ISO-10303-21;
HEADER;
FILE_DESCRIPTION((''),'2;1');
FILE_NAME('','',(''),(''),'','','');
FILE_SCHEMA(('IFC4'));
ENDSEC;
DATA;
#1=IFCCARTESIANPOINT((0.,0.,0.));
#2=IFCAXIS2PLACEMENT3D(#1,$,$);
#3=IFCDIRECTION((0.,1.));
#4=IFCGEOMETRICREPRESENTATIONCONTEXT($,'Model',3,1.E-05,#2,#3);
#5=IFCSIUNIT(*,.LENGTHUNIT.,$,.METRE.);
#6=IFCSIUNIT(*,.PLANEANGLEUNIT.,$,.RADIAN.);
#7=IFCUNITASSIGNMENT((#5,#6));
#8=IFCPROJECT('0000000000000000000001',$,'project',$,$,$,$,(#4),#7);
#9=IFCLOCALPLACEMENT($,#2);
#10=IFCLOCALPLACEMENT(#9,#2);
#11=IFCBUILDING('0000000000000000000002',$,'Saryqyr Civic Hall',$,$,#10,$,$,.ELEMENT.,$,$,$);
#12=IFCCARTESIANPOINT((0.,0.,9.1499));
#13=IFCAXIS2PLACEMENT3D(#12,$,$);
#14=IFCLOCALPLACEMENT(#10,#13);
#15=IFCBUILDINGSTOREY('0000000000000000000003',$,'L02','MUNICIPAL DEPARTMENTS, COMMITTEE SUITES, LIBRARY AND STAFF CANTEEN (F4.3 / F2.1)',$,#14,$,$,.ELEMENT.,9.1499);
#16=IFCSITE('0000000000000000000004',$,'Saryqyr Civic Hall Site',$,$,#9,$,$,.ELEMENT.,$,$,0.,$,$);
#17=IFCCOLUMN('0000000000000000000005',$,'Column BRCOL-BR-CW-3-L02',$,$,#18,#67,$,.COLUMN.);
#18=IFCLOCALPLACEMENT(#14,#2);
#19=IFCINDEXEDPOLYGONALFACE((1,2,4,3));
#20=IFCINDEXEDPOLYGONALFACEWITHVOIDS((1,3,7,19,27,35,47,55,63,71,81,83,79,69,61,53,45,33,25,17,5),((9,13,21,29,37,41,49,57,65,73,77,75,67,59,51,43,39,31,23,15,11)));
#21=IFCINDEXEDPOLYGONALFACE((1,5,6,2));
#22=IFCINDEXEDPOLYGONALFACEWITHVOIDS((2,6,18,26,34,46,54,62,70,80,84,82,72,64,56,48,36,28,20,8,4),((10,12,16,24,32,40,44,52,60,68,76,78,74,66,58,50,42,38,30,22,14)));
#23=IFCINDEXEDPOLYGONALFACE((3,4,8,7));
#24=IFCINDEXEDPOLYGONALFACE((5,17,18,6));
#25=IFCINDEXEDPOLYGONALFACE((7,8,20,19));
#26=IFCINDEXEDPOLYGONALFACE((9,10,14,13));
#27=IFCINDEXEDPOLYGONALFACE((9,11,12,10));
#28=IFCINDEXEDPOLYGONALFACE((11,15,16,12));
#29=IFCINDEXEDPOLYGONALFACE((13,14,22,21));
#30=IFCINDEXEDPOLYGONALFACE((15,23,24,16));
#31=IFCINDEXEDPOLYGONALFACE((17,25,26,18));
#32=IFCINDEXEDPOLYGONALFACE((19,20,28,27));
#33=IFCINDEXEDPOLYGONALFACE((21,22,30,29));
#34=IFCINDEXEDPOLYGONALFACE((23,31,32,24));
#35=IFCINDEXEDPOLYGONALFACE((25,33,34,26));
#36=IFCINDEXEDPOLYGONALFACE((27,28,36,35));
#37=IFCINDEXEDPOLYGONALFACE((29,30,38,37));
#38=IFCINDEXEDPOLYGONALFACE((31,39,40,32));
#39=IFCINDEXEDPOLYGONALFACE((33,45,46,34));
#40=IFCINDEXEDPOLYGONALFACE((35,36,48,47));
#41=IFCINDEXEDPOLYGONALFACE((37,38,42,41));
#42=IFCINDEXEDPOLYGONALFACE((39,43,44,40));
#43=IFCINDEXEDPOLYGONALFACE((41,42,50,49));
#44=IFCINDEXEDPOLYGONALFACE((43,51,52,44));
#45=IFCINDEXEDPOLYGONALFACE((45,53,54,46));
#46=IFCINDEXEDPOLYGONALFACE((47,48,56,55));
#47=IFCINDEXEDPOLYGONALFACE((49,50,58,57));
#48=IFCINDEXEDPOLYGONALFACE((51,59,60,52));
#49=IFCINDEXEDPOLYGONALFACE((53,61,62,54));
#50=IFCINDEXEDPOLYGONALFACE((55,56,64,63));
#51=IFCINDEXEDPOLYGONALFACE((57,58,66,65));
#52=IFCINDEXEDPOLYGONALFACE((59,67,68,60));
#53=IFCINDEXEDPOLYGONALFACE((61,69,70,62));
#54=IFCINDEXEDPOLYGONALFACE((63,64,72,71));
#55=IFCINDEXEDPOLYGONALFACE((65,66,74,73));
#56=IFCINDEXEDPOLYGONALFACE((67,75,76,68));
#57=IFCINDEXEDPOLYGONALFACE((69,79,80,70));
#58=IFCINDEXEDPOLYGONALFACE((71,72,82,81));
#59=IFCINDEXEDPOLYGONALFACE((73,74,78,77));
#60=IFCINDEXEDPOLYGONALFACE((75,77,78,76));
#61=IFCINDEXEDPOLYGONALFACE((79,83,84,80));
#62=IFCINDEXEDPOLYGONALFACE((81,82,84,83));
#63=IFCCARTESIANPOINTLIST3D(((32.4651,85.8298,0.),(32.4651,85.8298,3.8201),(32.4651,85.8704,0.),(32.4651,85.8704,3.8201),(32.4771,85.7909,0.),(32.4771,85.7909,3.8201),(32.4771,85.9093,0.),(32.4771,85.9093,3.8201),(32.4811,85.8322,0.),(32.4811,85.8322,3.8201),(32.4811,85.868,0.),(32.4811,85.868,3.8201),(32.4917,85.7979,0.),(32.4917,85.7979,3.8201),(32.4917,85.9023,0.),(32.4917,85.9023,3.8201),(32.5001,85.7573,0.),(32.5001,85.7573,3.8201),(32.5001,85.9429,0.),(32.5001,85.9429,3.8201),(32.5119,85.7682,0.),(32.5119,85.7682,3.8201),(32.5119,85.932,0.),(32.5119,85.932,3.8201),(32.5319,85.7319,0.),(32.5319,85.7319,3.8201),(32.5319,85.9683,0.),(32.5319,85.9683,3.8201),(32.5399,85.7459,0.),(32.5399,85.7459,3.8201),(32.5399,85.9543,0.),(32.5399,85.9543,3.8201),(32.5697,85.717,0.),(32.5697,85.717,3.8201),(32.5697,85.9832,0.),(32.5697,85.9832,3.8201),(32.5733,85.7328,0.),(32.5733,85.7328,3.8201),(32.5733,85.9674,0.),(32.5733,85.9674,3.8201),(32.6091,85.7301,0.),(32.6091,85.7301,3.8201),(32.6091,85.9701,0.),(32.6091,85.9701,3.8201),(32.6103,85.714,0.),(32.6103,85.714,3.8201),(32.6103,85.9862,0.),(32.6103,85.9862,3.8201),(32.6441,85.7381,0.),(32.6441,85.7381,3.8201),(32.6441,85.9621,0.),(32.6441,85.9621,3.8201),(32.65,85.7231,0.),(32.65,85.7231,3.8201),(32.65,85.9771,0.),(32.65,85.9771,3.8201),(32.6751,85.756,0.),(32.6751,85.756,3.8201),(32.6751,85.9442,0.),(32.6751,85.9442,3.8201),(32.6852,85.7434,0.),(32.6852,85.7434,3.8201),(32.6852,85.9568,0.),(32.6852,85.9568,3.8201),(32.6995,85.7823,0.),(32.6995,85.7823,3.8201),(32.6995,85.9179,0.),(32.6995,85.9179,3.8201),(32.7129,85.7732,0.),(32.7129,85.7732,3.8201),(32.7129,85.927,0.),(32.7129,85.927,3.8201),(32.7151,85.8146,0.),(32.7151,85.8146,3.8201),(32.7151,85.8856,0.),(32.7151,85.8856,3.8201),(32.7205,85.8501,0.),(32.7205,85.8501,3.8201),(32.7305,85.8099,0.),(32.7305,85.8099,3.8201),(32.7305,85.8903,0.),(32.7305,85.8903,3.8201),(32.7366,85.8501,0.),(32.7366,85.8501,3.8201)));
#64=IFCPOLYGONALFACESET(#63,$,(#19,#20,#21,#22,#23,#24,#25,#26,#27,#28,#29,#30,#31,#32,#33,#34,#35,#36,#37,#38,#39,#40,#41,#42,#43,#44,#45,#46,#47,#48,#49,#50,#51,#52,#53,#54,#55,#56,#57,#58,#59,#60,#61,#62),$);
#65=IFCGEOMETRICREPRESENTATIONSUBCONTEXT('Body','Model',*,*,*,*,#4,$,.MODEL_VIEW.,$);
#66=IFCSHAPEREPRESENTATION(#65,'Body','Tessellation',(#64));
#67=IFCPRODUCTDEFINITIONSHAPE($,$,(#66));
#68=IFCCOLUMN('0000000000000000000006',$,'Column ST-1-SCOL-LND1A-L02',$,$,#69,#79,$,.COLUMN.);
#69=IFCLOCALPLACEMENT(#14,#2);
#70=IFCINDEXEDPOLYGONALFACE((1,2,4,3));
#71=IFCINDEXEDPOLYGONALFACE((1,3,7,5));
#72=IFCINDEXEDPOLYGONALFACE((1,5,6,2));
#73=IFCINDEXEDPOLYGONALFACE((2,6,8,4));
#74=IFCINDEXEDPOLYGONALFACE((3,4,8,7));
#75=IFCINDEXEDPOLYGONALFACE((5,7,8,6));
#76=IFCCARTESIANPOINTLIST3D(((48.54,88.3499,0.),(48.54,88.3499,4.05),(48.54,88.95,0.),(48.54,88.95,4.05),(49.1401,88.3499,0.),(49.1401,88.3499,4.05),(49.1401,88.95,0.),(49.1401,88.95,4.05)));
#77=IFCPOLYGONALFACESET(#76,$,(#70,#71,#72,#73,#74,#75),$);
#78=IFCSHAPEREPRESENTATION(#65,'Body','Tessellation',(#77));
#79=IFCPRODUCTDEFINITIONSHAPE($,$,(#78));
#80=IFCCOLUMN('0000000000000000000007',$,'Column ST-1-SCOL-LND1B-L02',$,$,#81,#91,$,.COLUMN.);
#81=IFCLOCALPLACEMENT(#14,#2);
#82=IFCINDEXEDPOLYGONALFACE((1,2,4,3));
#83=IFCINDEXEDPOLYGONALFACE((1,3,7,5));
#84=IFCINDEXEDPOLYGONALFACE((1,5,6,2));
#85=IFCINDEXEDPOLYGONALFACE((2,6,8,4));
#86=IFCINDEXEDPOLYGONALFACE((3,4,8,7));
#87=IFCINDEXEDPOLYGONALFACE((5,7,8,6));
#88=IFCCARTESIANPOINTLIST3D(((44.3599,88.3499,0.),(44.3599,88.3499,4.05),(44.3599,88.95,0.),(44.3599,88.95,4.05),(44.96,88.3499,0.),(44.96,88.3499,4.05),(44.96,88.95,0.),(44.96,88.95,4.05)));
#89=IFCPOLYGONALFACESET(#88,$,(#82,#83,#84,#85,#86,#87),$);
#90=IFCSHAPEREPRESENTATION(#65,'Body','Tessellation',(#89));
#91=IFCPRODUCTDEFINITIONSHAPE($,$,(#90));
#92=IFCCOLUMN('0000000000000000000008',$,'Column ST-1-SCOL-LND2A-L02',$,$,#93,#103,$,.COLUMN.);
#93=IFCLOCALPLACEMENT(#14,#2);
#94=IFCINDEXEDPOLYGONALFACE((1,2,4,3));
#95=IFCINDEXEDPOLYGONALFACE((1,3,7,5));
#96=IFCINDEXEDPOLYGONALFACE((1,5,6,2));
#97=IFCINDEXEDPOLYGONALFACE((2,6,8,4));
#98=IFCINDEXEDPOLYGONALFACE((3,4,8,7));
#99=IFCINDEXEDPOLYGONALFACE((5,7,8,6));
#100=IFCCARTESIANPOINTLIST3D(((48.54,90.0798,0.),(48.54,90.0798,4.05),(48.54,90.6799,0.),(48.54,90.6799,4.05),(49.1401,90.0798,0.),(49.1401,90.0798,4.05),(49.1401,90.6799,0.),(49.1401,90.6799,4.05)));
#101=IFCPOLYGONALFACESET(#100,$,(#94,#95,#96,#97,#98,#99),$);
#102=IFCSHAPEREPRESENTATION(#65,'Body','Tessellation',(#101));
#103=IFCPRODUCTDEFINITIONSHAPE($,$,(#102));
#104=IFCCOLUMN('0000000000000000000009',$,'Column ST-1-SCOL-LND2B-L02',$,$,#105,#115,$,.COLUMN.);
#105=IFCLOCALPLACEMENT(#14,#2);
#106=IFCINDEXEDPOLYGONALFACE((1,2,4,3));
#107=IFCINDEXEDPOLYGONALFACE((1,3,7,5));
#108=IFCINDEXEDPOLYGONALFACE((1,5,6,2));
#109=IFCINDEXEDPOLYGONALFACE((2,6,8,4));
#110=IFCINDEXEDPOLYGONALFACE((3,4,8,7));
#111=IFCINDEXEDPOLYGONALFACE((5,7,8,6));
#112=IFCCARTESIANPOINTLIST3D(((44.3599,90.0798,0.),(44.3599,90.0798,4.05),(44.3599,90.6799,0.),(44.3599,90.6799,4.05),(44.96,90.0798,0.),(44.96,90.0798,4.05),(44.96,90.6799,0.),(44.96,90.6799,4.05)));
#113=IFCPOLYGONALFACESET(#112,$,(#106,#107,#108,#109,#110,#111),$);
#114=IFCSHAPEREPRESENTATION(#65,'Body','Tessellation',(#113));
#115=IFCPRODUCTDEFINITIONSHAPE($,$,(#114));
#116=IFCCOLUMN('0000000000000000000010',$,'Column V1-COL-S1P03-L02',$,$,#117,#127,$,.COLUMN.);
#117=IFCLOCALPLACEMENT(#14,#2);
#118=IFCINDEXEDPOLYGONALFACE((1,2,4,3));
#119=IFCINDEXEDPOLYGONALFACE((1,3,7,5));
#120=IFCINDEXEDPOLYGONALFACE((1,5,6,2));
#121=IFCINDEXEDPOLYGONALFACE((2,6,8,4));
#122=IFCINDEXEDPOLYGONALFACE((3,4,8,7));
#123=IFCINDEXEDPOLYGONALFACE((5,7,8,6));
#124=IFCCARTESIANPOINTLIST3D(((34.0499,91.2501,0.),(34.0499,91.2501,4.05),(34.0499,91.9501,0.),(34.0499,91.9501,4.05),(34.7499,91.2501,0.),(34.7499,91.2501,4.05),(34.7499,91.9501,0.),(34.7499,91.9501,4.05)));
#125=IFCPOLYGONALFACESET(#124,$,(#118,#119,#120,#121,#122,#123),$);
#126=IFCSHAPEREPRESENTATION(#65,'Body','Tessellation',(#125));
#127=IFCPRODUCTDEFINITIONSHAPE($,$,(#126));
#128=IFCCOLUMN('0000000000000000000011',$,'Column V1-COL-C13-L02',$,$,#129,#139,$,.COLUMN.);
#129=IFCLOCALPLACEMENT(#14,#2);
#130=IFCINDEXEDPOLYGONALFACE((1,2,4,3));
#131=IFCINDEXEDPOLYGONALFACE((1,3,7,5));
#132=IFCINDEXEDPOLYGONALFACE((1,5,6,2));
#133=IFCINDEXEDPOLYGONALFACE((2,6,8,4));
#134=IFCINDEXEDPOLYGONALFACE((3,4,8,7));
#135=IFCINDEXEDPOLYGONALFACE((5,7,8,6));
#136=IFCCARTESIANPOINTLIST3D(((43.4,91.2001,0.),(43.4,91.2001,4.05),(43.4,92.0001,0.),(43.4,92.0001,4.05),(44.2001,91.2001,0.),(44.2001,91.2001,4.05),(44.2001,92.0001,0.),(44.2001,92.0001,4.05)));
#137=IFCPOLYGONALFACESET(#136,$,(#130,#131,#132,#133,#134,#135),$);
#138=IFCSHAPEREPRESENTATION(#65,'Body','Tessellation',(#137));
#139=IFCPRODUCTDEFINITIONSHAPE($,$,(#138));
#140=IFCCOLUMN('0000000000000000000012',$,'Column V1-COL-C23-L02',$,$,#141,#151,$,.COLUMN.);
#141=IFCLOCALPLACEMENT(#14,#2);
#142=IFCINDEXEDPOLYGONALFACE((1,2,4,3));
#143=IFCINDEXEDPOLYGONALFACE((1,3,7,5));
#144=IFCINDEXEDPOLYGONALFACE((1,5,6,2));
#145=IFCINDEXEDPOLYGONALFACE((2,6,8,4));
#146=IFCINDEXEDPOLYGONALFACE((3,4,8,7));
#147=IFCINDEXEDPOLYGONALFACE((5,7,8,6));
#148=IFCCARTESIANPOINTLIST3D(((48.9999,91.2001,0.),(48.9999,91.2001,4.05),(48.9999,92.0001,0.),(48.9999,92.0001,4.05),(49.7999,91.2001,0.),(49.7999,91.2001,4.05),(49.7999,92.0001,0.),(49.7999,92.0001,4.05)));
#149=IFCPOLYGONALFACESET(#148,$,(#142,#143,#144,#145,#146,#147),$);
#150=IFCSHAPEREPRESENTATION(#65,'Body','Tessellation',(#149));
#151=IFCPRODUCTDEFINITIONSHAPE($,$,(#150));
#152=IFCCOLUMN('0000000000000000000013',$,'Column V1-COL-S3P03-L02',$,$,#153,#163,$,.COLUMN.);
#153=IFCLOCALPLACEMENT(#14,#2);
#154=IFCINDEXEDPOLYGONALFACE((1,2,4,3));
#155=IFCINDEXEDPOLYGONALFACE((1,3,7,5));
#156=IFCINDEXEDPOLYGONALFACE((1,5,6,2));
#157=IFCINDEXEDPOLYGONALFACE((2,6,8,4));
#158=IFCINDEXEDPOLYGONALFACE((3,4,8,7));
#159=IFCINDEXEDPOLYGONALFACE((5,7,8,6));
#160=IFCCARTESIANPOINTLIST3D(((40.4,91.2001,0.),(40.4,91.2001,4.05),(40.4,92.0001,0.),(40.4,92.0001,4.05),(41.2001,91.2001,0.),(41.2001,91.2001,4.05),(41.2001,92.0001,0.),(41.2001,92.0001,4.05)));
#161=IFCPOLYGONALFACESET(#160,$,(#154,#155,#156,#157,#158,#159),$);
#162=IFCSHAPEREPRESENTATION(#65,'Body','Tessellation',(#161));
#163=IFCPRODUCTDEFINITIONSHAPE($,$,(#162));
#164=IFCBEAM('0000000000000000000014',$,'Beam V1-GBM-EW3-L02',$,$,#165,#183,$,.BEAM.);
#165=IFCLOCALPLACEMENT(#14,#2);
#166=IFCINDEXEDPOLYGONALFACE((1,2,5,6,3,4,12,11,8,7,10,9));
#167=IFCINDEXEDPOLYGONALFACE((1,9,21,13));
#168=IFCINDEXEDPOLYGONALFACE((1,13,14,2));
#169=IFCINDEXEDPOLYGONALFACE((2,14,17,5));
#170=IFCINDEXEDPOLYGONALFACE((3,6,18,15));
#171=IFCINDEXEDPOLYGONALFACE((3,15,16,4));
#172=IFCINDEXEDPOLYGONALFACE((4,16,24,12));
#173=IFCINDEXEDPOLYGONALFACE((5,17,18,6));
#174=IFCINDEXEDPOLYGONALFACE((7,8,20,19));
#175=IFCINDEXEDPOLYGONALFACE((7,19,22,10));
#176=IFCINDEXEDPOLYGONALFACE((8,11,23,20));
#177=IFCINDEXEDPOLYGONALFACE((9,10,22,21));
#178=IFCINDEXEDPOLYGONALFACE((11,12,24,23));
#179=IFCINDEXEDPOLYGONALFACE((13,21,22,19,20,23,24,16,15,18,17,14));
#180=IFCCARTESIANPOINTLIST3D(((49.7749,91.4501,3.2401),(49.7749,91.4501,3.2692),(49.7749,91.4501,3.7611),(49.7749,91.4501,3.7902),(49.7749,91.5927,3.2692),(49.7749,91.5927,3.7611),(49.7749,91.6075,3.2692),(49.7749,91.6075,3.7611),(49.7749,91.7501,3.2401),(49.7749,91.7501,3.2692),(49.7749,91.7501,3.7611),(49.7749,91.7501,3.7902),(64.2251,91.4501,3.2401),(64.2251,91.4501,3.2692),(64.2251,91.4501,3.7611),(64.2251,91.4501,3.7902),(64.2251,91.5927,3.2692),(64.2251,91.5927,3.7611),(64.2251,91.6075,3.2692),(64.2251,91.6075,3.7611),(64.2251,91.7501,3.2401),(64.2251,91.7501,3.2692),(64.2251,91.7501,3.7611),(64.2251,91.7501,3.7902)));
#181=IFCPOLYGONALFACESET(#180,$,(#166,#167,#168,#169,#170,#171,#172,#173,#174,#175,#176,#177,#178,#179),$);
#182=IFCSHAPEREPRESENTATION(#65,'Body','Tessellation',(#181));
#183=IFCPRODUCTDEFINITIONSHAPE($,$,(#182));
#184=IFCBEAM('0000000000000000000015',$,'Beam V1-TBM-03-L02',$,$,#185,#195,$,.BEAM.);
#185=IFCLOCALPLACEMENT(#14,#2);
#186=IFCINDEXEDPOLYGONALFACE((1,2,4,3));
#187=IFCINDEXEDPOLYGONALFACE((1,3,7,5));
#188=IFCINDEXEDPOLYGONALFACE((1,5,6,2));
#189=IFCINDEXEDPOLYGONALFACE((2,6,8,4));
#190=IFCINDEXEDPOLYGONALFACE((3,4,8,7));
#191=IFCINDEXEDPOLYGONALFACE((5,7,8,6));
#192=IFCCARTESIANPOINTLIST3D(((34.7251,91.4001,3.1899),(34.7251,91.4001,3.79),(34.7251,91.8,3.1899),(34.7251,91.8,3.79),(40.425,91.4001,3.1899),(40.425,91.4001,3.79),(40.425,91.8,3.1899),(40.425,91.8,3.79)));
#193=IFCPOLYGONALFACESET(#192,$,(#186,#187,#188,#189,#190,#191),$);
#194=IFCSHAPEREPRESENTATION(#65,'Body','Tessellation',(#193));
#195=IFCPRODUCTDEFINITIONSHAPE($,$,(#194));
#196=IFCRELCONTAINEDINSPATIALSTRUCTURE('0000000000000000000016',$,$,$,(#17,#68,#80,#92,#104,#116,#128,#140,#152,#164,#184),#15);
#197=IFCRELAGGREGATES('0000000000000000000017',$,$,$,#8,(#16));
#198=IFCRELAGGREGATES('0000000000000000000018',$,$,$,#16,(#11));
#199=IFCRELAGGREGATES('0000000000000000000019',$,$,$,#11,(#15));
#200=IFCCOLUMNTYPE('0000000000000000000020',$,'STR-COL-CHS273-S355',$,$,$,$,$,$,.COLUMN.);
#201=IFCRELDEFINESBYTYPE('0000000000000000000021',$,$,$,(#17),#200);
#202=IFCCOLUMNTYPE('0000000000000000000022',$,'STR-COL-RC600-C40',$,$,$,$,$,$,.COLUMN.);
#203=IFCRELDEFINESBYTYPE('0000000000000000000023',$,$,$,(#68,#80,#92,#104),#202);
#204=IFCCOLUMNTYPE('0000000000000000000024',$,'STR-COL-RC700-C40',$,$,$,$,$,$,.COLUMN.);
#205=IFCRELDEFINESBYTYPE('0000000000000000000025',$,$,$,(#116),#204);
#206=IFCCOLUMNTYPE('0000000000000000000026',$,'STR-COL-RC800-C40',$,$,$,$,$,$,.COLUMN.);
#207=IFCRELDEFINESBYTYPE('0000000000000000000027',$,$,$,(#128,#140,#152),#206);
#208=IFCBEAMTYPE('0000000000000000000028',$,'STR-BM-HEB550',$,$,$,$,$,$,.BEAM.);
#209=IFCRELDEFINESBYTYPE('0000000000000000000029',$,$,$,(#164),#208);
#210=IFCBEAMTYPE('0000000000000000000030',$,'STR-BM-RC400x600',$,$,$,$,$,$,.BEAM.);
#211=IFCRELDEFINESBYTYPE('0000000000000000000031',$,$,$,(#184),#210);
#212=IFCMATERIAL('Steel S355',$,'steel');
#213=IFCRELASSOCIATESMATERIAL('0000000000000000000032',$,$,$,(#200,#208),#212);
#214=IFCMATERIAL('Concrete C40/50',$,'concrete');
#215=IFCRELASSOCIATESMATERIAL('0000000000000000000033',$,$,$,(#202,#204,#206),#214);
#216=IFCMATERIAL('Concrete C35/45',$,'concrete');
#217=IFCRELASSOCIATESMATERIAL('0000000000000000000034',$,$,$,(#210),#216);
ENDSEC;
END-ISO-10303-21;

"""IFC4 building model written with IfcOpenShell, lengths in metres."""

from ifc_helpers import new_model, si_unit, direction, frame, origin, origin_2d, place, context, subcontext, project, spatial, rectangle, hollow_circle, i_section, extrude, material, material_profile, profile_set, type_object, element, save


model = new_model("IFC4")

# Units and contexts
model_context = context("Model", 3, precision=1e-05, world=origin(), true_north=direction((0.0, 1.0)))
body_context = subcontext(model_context, "Body", "Model", "MODEL_VIEW")
ifc_project = project(units=[si_unit("LENGTHUNIT", "METRE"), si_unit("PLANEANGLEUNIT", "RADIAN")], contexts=[model_context])

# Site, building, storey
site_placement = place(None, origin())
site = spatial("IfcSite", under=ifc_project, at=site_placement, Name="Saryqyr Civic Hall Site", CompositionType="ELEMENT", RefElevation=0.0)
building_placement = place(site_placement, origin())
building = spatial("IfcBuilding", under=site, at=building_placement, Name="Saryqyr Civic Hall", CompositionType="ELEMENT")
storey_placement = place(building_placement, frame((0.0, 0.0, 9.1499)))
storey = spatial("IfcBuildingStorey", under=building, at=storey_placement, Name="L02", Description="MUNICIPAL DEPARTMENTS, COMMITTEE SUITES, LIBRARY AND STAFF CANTEEN (F4.3 / F2.1)", CompositionType="ELEMENT", Elevation=9.1499)

# Columns
ifc_material_1 = material(Name="Steel S355", Category="steel")
ifc_material_profile_1 = material_profile(ifc_material_1, hollow_circle(Radius=0.1365, WallThickness=0.0161, at=origin_2d()), Name="CHS 273x16")
ifc_profile_set_1 = profile_set([ifc_material_profile_1], Name="Steel S355")
column_type_1 = type_object("IfcColumnType", Name="STR-COL-CHS273-S355", PredefinedType="COLUMN", material=ifc_profile_set_1)
column_1_placement = place(storey_placement, frame((32.6001, 85.8501, 0.0), z_axis=(0.0, 0.0, 1.0), x_axis=(1.0, 0.0, 0.0)))
element("IfcColumn", 1, at=column_1_placement, inside=storey, type_object=column_type_1, Name="Column BRCOL-BR-CW-3-L02", PredefinedType="COLUMN", context=body_context, shape_type="SweptSolid", body=[
    extrude(hollow_circle(Radius=0.1365, WallThickness=0.0161, at=origin_2d()), origin(), (0.0, 0.0, 1.0), 3.8201),
])
ifc_material_2 = material(Name="Concrete C40/50", Category="concrete")
ifc_material_profile_2 = material_profile(ifc_material_2, rectangle(XDim=0.6001, YDim=0.6001, at=origin_2d()), Name="RC 600x600")
ifc_profile_set_2 = profile_set([ifc_material_profile_2], Name="Concrete C40/50")
column_type_2 = type_object("IfcColumnType", Name="STR-COL-RC600-C40", PredefinedType="COLUMN", material=ifc_profile_set_2)
for number, where, z_axis, x_axis, name in (
    (2, (48.8401, 88.6499, 0.0), (0.0, 0.0, 1.0), (1.0, 0.0, 0.0), "Column ST-1-SCOL-LND1A-L02"),
    (3, (44.6599, 88.6499, 0.0), (0.0, 0.0, 1.0), (1.0, 0.0, 0.0), "Column ST-1-SCOL-LND1B-L02"),
    (4, (48.8401, 90.3799, 0.0), (0.0, 0.0, 1.0), (1.0, 0.0, 0.0), "Column ST-1-SCOL-LND2A-L02"),
    (5, (44.6599, 90.3799, 0.0), (0.0, 0.0, 1.0), (1.0, 0.0, 0.0), "Column ST-1-SCOL-LND2B-L02"),
):
    element("IfcColumn", number, at=place(storey_placement, frame(where, z_axis=z_axis, x_axis=x_axis)), inside=storey, type_object=column_type_2, Name=name, PredefinedType="COLUMN", context=body_context, shape_type="SweptSolid", body=[
        extrude(rectangle(XDim=0.6001, YDim=0.6001, at=origin_2d()), origin(), (0.0, 0.0, 1.0), 4.05),
    ])
ifc_material_profile_3 = material_profile(ifc_material_2, rectangle(XDim=0.7, YDim=0.7, at=origin_2d()), Name="RC 700x700")
ifc_profile_set_3 = profile_set([ifc_material_profile_3], Name="Concrete C40/50")
column_type_3 = type_object("IfcColumnType", Name="STR-COL-RC700-C40", PredefinedType="COLUMN", material=ifc_profile_set_3)
column_2_placement = place(storey_placement, frame((34.3999, 91.6001, 0.0), z_axis=(0.0, 0.0, 1.0), x_axis=(1.0, 0.0, 0.0)))
element("IfcColumn", 6, at=column_2_placement, inside=storey, type_object=column_type_3, Name="Column V1-COL-S1P03-L02", PredefinedType="COLUMN", context=body_context, shape_type="SweptSolid", body=[
    extrude(rectangle(XDim=0.7, YDim=0.7, at=origin_2d()), origin(), (0.0, 0.0, 1.0), 4.05),
])
ifc_material_profile_4 = material_profile(ifc_material_2, rectangle(XDim=0.8, YDim=0.8, at=origin_2d()), Name="RC 800x800")
ifc_profile_set_4 = profile_set([ifc_material_profile_4], Name="Concrete C40/50")
column_type_4 = type_object("IfcColumnType", Name="STR-COL-RC800-C40", PredefinedType="COLUMN", material=ifc_profile_set_4)
for number, where, z_axis, x_axis, name in (
    (7, (43.8, 91.6001, 0.0), (0.0, 0.0, 1.0), (1.0, 0.0, 0.0), "Column V1-COL-C13-L02"),
    (8, (49.3999, 91.6001, 0.0), (0.0, 0.0, 1.0), (1.0, 0.0, 0.0), "Column V1-COL-C23-L02"),
    (9, (40.8, 91.6001, 0.0), (0.0, 0.0, 1.0), (1.0, 0.0, 0.0), "Column V1-COL-S3P03-L02"),
):
    element("IfcColumn", number, at=place(storey_placement, frame(where, z_axis=z_axis, x_axis=x_axis)), inside=storey, type_object=column_type_4, Name=name, PredefinedType="COLUMN", context=body_context, shape_type="SweptSolid", body=[
        extrude(rectangle(XDim=0.8, YDim=0.8, at=origin_2d()), origin(), (0.0, 0.0, 1.0), 4.05),
    ])

# Beams
ifc_material_profile_5 = material_profile(ifc_material_1, i_section(OverallWidth=0.3, OverallDepth=0.55, WebThickness=0.0149, FlangeThickness=0.0291, at=origin_2d()), Name="HEB 550")
ifc_profile_set_5 = profile_set([ifc_material_profile_5], Name="Steel S355")
beam_type_1 = type_object("IfcBeamType", Name="STR-BM-HEB550", PredefinedType="BEAM", material=ifc_profile_set_5)
beam_1_placement = place(storey_placement, frame((49.7749, 91.6001, 3.5151), z_axis=(1.0, 0.0, 0.0), x_axis=(0.0, 1.0, 0.0)))
element("IfcBeam", 10, at=beam_1_placement, inside=storey, type_object=beam_type_1, Name="Beam V1-GBM-EW3-L02", PredefinedType="BEAM", context=body_context, shape_type="SweptSolid", body=[
    extrude(i_section(OverallWidth=0.3, OverallDepth=0.55, WebThickness=0.0149, FlangeThickness=0.0291, at=origin_2d()), origin(), (0.0, 0.0, 1.0), 14.4502),
])
ifc_material_3 = material(Name="Concrete C35/45", Category="concrete")
ifc_material_profile_6 = material_profile(ifc_material_3, rectangle(XDim=0.3999, YDim=0.6001, at=origin_2d()), Name="RC 400x600")
ifc_profile_set_6 = profile_set([ifc_material_profile_6], Name="Concrete C35/45")
beam_type_2 = type_object("IfcBeamType", Name="STR-BM-RC400x600", PredefinedType="BEAM", material=ifc_profile_set_6)
beam_2_placement = place(storey_placement, frame((34.7251, 91.6001, 3.49), z_axis=(1.0, 0.0, 0.0), x_axis=(0.0, 1.0, 0.0)))
element("IfcBeam", 11, at=beam_2_placement, inside=storey, type_object=beam_type_2, Name="Beam V1-TBM-03-L02", PredefinedType="BEAM", context=body_context, shape_type="SweptSolid", body=[
    extrude(rectangle(XDim=0.3999, YDim=0.6001, at=origin_2d()), origin(), (0.0, 0.0, 1.0), 5.7),
])

save(model, "model.ifc")
